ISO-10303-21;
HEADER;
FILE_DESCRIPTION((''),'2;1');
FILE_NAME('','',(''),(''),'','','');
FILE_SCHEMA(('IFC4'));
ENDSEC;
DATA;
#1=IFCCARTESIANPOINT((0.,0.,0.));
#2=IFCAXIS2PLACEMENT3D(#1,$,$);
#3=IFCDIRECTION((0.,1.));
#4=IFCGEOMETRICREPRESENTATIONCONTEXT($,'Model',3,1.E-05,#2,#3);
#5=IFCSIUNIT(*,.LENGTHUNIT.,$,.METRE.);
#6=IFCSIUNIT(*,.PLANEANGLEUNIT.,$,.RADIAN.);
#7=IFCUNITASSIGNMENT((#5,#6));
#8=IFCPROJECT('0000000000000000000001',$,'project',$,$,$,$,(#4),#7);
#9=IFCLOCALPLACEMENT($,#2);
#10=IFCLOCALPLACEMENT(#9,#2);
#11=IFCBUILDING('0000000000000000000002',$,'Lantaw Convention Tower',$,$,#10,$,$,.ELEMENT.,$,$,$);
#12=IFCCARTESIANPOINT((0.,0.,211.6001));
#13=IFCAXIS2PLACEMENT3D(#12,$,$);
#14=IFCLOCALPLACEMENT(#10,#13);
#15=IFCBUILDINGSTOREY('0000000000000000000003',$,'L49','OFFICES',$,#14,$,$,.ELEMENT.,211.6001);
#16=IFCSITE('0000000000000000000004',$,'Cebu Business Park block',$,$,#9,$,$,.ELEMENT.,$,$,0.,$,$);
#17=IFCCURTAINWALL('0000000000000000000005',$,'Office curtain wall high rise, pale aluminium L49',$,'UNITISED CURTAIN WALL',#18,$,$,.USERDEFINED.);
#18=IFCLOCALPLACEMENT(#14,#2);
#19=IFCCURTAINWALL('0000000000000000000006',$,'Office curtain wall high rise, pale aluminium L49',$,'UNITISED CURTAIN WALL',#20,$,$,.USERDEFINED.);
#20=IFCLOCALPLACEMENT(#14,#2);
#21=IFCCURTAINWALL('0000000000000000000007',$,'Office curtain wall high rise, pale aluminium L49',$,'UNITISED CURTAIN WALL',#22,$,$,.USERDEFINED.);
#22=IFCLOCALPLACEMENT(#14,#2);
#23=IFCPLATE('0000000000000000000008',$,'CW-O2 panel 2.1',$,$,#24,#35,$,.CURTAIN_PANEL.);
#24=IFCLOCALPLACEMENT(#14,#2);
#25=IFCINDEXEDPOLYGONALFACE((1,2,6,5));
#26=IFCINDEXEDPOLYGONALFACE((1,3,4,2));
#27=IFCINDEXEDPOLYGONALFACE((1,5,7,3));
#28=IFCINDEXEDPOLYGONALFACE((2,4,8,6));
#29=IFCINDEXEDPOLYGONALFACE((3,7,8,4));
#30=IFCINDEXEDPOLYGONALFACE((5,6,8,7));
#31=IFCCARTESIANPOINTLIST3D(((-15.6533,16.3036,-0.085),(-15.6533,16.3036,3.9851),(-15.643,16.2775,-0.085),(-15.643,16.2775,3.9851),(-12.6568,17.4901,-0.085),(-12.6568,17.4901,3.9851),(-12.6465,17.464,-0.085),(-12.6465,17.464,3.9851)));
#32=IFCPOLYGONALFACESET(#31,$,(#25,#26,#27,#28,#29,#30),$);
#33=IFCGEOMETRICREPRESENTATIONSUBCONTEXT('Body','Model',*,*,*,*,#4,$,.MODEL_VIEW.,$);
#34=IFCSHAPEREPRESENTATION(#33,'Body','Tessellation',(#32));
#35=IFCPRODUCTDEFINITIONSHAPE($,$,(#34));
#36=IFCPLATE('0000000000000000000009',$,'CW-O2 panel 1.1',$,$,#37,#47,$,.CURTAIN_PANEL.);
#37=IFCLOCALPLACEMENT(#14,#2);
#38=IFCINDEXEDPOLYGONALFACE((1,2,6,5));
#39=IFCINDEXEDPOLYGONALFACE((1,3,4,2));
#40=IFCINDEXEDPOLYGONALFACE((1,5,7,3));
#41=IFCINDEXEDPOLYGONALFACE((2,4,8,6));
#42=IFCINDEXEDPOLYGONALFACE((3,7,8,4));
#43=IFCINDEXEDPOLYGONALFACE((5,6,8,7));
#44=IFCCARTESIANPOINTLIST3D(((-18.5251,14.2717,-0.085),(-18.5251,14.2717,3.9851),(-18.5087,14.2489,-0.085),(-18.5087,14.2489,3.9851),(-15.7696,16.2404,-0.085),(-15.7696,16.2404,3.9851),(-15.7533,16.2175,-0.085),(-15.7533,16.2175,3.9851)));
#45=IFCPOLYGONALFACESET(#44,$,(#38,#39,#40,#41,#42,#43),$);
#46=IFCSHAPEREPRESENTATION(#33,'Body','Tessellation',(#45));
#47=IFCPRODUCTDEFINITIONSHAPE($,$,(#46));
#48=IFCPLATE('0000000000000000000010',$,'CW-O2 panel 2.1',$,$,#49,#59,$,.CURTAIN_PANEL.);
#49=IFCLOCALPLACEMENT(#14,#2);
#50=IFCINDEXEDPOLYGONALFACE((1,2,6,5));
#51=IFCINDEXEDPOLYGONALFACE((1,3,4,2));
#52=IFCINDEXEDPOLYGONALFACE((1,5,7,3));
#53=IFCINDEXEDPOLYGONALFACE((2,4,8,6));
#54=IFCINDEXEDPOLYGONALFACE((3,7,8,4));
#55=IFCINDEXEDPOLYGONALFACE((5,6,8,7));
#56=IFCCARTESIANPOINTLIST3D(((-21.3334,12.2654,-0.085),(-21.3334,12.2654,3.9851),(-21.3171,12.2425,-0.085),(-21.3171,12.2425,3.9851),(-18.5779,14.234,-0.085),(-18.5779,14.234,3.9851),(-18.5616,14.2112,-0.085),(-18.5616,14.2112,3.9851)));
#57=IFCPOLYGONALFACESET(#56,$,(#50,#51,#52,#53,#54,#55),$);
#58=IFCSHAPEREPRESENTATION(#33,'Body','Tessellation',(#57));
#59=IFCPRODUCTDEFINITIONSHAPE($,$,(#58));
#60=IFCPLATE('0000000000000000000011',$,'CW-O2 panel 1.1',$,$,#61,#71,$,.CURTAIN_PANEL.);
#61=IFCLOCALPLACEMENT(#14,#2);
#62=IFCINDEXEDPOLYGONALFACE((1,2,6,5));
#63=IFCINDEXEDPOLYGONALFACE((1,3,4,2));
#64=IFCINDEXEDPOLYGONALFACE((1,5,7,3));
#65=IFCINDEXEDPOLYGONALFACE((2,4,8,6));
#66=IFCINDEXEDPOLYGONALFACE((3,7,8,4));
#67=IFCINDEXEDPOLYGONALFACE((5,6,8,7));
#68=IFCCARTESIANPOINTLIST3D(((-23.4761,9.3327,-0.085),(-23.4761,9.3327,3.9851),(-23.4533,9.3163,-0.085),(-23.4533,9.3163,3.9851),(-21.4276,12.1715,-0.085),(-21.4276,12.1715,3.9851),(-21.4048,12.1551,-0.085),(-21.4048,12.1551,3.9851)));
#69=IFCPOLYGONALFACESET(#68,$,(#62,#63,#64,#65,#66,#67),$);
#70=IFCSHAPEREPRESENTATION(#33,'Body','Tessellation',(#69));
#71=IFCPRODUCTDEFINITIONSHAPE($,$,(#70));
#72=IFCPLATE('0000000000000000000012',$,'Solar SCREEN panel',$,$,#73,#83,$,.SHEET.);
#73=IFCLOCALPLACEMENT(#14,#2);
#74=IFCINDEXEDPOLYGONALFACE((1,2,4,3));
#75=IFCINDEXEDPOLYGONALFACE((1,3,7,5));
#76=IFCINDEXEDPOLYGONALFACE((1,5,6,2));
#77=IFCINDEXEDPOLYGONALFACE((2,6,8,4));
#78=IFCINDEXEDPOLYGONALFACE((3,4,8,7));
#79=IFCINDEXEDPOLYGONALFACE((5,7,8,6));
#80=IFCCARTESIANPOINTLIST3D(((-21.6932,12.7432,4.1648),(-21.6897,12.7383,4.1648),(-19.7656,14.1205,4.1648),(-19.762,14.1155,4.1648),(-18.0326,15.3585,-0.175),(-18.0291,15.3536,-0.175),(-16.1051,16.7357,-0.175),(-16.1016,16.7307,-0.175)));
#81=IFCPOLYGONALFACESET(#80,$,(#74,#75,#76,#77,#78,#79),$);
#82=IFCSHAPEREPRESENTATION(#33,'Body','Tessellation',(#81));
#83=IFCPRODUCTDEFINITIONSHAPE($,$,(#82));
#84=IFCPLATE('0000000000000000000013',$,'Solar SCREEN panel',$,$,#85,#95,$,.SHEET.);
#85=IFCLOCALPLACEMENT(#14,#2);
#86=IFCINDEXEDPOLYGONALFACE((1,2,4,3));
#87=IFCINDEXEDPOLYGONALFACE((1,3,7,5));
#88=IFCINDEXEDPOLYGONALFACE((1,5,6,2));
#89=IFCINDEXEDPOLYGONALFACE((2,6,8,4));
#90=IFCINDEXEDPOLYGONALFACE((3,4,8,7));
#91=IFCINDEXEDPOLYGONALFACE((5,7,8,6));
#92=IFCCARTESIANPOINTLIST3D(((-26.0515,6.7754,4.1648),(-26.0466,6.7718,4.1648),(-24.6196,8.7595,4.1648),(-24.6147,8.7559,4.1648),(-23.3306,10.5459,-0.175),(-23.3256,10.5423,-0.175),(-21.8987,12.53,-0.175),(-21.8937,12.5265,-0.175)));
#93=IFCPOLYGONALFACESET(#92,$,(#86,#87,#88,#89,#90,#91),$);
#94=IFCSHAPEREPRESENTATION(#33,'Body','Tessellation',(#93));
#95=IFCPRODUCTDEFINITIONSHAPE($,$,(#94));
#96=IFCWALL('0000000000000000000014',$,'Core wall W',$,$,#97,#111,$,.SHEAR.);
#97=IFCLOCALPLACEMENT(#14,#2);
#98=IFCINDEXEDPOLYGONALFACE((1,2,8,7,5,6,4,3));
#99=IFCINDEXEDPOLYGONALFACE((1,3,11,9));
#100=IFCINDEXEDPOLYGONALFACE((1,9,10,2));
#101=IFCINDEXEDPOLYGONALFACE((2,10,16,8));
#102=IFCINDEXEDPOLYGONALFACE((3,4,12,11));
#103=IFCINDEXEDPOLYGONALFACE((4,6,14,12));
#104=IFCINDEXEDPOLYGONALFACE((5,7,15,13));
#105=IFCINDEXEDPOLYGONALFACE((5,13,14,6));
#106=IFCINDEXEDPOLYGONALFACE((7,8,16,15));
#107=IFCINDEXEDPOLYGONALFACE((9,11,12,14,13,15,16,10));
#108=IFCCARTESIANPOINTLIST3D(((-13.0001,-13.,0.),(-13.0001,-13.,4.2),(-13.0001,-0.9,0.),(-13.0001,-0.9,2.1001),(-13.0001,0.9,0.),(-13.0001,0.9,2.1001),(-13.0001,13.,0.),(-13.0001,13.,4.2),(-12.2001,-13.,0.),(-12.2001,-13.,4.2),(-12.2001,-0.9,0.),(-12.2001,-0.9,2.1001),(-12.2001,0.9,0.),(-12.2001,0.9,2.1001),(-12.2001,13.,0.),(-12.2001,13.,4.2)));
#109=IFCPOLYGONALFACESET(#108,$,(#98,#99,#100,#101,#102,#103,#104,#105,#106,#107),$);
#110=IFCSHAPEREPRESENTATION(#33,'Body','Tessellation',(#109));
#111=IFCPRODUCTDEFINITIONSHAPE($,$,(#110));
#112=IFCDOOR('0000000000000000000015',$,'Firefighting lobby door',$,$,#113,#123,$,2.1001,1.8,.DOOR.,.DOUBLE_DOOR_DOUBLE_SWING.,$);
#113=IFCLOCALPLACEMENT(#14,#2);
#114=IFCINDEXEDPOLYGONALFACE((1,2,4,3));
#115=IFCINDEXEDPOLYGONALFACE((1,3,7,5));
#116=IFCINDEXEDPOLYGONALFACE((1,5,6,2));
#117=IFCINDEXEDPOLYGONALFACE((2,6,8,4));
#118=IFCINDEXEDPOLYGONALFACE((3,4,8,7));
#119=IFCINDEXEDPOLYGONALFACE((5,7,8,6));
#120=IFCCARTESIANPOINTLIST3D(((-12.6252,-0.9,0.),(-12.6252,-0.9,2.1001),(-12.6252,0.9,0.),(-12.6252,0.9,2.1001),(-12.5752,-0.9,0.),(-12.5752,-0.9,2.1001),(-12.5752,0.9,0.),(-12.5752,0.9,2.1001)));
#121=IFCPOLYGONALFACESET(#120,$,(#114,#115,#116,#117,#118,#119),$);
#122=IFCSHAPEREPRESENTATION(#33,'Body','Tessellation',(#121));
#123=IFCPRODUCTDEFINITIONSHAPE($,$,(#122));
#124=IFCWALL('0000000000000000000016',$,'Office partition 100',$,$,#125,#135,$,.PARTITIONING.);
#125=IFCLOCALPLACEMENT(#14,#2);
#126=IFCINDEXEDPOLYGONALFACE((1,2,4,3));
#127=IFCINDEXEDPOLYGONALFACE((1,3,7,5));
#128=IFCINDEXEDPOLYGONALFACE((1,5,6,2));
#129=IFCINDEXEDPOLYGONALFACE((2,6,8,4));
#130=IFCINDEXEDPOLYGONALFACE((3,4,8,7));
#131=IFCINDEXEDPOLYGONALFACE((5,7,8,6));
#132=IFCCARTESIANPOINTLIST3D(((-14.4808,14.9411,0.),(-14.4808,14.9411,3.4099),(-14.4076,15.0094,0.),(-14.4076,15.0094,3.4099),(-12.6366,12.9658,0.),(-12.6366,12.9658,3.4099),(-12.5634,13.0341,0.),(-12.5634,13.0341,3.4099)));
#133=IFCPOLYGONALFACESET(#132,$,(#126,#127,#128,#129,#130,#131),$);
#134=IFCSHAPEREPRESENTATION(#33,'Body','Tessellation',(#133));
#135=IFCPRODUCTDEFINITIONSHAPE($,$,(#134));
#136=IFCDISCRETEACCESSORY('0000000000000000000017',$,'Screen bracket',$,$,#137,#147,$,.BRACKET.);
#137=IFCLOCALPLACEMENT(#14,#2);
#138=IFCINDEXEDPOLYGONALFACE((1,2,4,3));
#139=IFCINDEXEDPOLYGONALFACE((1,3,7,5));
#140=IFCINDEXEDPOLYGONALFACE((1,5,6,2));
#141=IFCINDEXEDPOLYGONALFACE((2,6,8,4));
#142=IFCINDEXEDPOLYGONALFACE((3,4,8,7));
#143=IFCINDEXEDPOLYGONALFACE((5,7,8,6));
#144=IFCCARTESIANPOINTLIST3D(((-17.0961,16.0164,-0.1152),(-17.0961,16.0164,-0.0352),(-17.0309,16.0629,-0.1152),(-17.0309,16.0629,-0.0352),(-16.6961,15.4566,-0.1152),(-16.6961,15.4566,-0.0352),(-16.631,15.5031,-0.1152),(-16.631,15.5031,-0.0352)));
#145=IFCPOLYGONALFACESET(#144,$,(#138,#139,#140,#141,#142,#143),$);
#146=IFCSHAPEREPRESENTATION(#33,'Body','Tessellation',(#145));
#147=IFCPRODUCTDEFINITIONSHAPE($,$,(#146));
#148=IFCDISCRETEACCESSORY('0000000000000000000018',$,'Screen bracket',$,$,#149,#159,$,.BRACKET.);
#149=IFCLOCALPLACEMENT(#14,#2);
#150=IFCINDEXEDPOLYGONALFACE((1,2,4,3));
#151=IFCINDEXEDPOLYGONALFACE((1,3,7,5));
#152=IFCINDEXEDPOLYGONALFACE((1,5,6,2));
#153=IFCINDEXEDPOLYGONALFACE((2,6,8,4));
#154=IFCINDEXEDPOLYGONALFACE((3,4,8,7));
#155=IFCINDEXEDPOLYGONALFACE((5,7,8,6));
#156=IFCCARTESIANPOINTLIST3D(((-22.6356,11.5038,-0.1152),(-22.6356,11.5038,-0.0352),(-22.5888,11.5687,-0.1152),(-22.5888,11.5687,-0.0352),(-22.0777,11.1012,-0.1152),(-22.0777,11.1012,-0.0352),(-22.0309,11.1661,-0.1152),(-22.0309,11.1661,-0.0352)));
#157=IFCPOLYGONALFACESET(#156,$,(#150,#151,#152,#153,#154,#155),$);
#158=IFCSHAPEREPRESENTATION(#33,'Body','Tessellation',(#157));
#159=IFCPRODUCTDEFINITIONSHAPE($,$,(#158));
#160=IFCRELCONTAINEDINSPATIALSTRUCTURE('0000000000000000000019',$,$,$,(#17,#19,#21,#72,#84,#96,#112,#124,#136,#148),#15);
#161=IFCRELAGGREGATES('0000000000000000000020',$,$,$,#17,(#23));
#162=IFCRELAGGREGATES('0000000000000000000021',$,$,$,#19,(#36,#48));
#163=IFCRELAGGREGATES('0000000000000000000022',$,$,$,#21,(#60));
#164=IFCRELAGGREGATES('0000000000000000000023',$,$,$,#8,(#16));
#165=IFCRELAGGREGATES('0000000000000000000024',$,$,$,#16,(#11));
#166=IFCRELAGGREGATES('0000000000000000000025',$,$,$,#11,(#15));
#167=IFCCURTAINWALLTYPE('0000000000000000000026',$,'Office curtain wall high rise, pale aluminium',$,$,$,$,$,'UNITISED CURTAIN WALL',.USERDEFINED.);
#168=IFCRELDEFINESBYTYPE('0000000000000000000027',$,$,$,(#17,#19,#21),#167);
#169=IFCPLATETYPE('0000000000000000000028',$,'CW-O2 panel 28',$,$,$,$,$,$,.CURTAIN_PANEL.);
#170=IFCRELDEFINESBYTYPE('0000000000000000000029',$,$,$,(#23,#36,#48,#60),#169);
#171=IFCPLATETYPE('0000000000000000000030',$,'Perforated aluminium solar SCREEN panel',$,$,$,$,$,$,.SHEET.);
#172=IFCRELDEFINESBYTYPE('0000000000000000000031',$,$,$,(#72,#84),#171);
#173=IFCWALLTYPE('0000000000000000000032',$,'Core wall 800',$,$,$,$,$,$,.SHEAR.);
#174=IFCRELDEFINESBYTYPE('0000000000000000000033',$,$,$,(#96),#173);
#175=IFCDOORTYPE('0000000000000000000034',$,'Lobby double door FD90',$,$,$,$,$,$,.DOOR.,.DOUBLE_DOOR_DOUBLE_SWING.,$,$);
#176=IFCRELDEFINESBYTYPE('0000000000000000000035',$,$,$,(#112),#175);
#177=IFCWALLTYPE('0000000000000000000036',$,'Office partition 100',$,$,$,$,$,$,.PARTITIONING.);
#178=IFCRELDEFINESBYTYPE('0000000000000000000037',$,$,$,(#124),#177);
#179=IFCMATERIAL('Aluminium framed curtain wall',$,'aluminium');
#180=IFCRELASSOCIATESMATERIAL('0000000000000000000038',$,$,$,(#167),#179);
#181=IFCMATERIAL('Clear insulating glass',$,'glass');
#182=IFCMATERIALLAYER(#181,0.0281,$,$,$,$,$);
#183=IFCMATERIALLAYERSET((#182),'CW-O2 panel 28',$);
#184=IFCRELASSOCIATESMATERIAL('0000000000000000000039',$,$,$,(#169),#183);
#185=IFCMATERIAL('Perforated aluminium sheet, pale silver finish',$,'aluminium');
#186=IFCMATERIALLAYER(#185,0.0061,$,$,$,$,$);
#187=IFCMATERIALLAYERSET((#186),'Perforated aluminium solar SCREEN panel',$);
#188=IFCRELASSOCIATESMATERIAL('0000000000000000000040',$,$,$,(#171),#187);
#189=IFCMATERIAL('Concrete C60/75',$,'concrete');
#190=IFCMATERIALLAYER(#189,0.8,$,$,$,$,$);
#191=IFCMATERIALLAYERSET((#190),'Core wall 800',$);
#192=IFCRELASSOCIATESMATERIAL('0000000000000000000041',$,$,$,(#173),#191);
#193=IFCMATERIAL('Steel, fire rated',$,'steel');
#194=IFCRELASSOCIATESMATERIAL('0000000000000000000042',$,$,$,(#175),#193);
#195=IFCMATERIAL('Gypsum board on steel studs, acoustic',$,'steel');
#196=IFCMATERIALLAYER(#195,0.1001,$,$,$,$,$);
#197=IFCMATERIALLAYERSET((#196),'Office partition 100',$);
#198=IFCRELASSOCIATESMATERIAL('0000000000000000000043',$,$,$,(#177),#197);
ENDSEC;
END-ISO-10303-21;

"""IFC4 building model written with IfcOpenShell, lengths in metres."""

from ifc_helpers import new_model, si_unit, direction, frame, frame_2d, origin, origin_2d, place, context, subcontext, project, spatial, polyline, rectangle, outline, extrude, material, layer, layer_set, type_object, element, fill, aggregate, save


model = new_model("IFC4")

# Units and contexts
model_context = context("Model", 3, precision=1e-05, world=origin(), true_north=direction((0.0, 1.0)))
body_context = subcontext(model_context, "Body", "Model", "MODEL_VIEW")
ifc_project = project(units=[si_unit("LENGTHUNIT", "METRE"), si_unit("PLANEANGLEUNIT", "RADIAN")], contexts=[model_context])

# Site, building, storey
site_placement = place(None, origin())
site = spatial("IfcSite", under=ifc_project, at=site_placement, Name="Cebu Business Park block", CompositionType="ELEMENT", RefElevation=0.0)
building_placement = place(site_placement, origin())
building = spatial("IfcBuilding", under=site, at=building_placement, Name="Lantaw Convention Tower", CompositionType="ELEMENT")
storey_placement = place(building_placement, frame((0.0, 0.0, 211.6001)))
storey = spatial("IfcBuildingStorey", under=building, at=storey_placement, Name="L49", Description="OFFICES", CompositionType="ELEMENT", Elevation=211.6001)

# Shared definitions
ifc_material_1 = material(Name="Concrete C60/75", Category="concrete")

# Curtain walls
ifc_material_2 = material(Name="Aluminium framed curtain wall", Category="aluminium")
curtain_wall_type = type_object("IfcCurtainWallType", Name="Office curtain wall high rise, pale aluminium", ElementType="UNITISED CURTAIN WALL", PredefinedType="USERDEFINED", material=ifc_material_2)
curtain_wall_1_placement = place(storey_placement, origin())
curtain_wall_1 = element("IfcCurtainWall", 1, at=curtain_wall_1_placement, inside=storey, type_object=curtain_wall_type, Name="Office curtain wall high rise, pale aluminium L49", ObjectType="UNITISED CURTAIN WALL", PredefinedType="USERDEFINED")
curtain_wall_2_placement = place(storey_placement, origin())
curtain_wall_2 = element("IfcCurtainWall", 2, at=curtain_wall_2_placement, inside=storey, type_object=curtain_wall_type, Name="Office curtain wall high rise, pale aluminium L49", ObjectType="UNITISED CURTAIN WALL", PredefinedType="USERDEFINED")
curtain_wall_3_placement = place(storey_placement, origin())
curtain_wall_3 = element("IfcCurtainWall", 3, at=curtain_wall_3_placement, inside=storey, type_object=curtain_wall_type, Name="Office curtain wall high rise, pale aluminium L49", ObjectType="UNITISED CURTAIN WALL", PredefinedType="USERDEFINED")

# Plates
ifc_material_3 = material(Name="Clear insulating glass", Category="glass")
ifc_layer_1 = layer(ifc_material_3, 0.0281)
ifc_layer_set_1 = layer_set([ifc_layer_1], Name="CW-O2 panel 28")
plate_type_1 = type_object("IfcPlateType", Name="CW-O2 panel 28", PredefinedType="CURTAIN_PANEL", material=ifc_layer_set_1)
plate_1_placement = place(storey_placement, frame((-14.1499, 16.8838, -0.085), z_axis=(0.0, 0.0, 1.0), x_axis=(-0.929762, -0.368162, 0.0)))
plate_1 = element("IfcPlate", 4, at=plate_1_placement, type_object=plate_type_1, Name="CW-O2 panel 2.1", PredefinedType="CURTAIN_PANEL", context=body_context, shape_type="SweptSolid", body=[
    extrude(rectangle(XDim=3.2229, YDim=0.0281, at=origin_2d()), origin(), (0.0, 0.0, 1.0), 4.0701),
])
aggregate(curtain_wall_1, [plate_1])
plate_2_placement = place(storey_placement, frame((-17.1392, 15.2446, -0.085), z_axis=(0.0, 0.0, 1.0), x_axis=(-0.813673, -0.581323, 0.0)))
plate_2 = element("IfcPlate", 5, at=plate_2_placement, type_object=plate_type_1, Name="CW-O2 panel 1.1", PredefinedType="CURTAIN_PANEL", context=body_context, shape_type="SweptSolid", body=[
    extrude(rectangle(XDim=3.3865, YDim=0.0281, at=origin_2d()), origin(), (0.0, 0.0, 1.0), 4.0701),
])
plate_3_placement = place(storey_placement, frame((-19.9475, 13.2383, -0.085), z_axis=(0.0, 0.0, 1.0), x_axis=(-0.813673, -0.581323, 0.0)))
plate_3 = element("IfcPlate", 6, at=plate_3_placement, type_object=plate_type_1, Name="CW-O2 panel 2.1", PredefinedType="CURTAIN_PANEL", context=body_context, shape_type="SweptSolid", body=[
    extrude(rectangle(XDim=3.3865, YDim=0.0281, at=origin_2d()), origin(), (0.0, 0.0, 1.0), 4.0701),
])
aggregate(curtain_wall_2, [plate_2, plate_3])
plate_4_placement = place(storey_placement, frame((-22.4404, 10.7439, -0.085), z_axis=(0.0, 0.0, 1.0), x_axis=(-0.585158, -0.81092, 0.0)))
plate_4 = element("IfcPlate", 7, at=plate_4_placement, type_object=plate_type_1, Name="CW-O2 panel 1.1", PredefinedType="CURTAIN_PANEL", context=body_context, shape_type="SweptSolid", body=[
    extrude(rectangle(XDim=3.5007, YDim=0.0281, at=origin_2d()), origin(), (0.0, 0.0, 1.0), 4.0701),
])
aggregate(curtain_wall_3, [plate_4])

# Plates
ifc_material_4 = material(Name="Perforated aluminium sheet, pale silver finish", Category="aluminium")
ifc_layer_2 = layer(ifc_material_4, 0.0061)
ifc_layer_set_2 = layer_set([ifc_layer_2], Name="Perforated aluminium solar SCREEN panel")
plate_type_2 = type_object("IfcPlateType", Name="Perforated aluminium solar SCREEN panel", PredefinedType="SHEET", material=ifc_layer_set_2)
plate_5_placement = place(storey_placement, frame((-16.1016, 16.7307, -0.175), z_axis=(0.581331, -0.813667, 0.00001), x_axis=(-0.813667, -0.581331, 0.0)))
element("IfcPlate", 8, at=plate_5_placement, inside=storey, type_object=plate_type_2, Name="Solar SCREEN panel", PredefinedType="SHEET", context=body_context, shape_type="SweptSolid", body=[
    extrude(outline(polyline([(0.0, 0.0), (2.3689, 0.0), (6.8678, -4.3398), (4.4987, -4.3398), (0.0, 0.0)])), origin(), (0.0, 0.0, -1.0), 0.0061),
])
plate_6_placement = place(storey_placement, frame((-21.8987, 12.53, -0.175), z_axis=(-0.810892, 0.585195, 0.00002), x_axis=(-0.585195, -0.810892, 0.0)))
element("IfcPlate", 9, at=plate_6_placement, inside=storey, type_object=plate_type_2, Name="Solar SCREEN panel", PredefinedType="SHEET", context=body_context, shape_type="SweptSolid", body=[
    extrude(outline(polyline([(0.0, 0.0), (2.4468, 0.0), (7.0966, 4.3398), (4.6498, 4.3398), (0.0, 0.0)])), origin(), (0.0, 0.0, -1.0), 0.0061),
])

# Wall, opening, door
ifc_layer_3 = layer(ifc_material_1, 0.8)
ifc_layer_set_3 = layer_set([ifc_layer_3], Name="Core wall 800")
wall_type_1 = type_object("IfcWallType", Name="Core wall 800", PredefinedType="SHEAR", material=ifc_layer_set_3)
wall_1_placement = place(storey_placement, frame((-12.6001, 13.0, 0.0), z_axis=(0.0, 0.0, 1.0), x_axis=(0.0, -1.0, 0.0)))
wall_1 = element("IfcWall", 10, at=wall_1_placement, inside=storey, type_object=wall_type_1, Name="Core wall W", PredefinedType="SHEAR", context=body_context, shape_type="SweptSolid", body=[
    extrude(rectangle(XDim=26.0, YDim=0.8, at=frame_2d((13.0, 0.0))), origin(), (0.0, 0.0, 1.0), 4.2),
])
opening_placement = place(wall_1_placement, frame((12.1001, 0.0, 0.0)))
opening = element("IfcOpeningElement", 11, at=opening_placement, cuts=wall_1, PredefinedType="OPENING", context=body_context, shape_type="SweptSolid", body=[
    extrude(rectangle(XDim=1.8, YDim=2.1001, at=frame_2d((0.8999, 1.05))), frame((0.0, 0.4099, 0.0), z_axis=(0.0, -1.0, 0.0), x_axis=(1.0, 0.0, 0.0)), (0.0, 0.0, 1.0), 0.8201),
])
ifc_material_5 = material(Name="Steel, fire rated", Category="steel")
door_type = type_object("IfcDoorType", Name="Lobby double door FD90", OperationType="DOUBLE_DOOR_DOUBLE_SWING", PredefinedType="DOOR", material=ifc_material_5)
door_placement = place(opening_placement, origin())
door = element("IfcDoor", 12, at=door_placement, inside=storey, type_object=door_type, Name="Firefighting lobby door", OperationType="DOUBLE_DOOR_DOUBLE_SWING", OverallHeight=2.1001, OverallWidth=1.8, PredefinedType="DOOR", context=body_context, shape_type="SweptSolid", body=[
    extrude(rectangle(XDim=1.8, YDim=2.1001, at=frame_2d((0.8999, 1.05))), frame((0.0, 0.0249, 0.0), z_axis=(0.0, -1.0, 0.0), x_axis=(1.0, 0.0, 0.0)), (0.0, 0.0, 1.0), 0.05),
])
fill(opening, door)

# Wall
ifc_material_6 = material(Name="Gypsum board on steel studs, acoustic", Category="steel")
ifc_layer_4 = layer(ifc_material_6, 0.1001)
ifc_layer_set_4 = layer_set([ifc_layer_4], Name="Office partition 100")
wall_type_2 = type_object("IfcWallType", Name="Office partition 100", PredefinedType="PARTITIONING", material=ifc_layer_set_4)
wall_2_placement = place(storey_placement, frame((-12.6001, 13.0, 0.0), z_axis=(0.0, 0.0, 1.0), x_axis=(-0.682434, 0.730947, 0.0)))
element("IfcWall", 13, at=wall_2_placement, inside=storey, type_object=wall_type_2, Name="Office partition 100", PredefinedType="PARTITIONING", context=body_context, shape_type="SweptSolid", body=[
    extrude(rectangle(XDim=2.7024, YDim=0.1001, at=frame_2d((1.3511, 0.0))), origin(), (0.0, 0.0, 1.0), 3.4099),
])

# Discrete accessories
for number, where, z_axis, x_axis, name in (
    (14, (-16.8635, 15.7598, -0.1152), (0.0, 0.0, 1.0), (-0.813673, -0.581323, 0.0), "Screen bracket"),
    (15, (-22.3333, 11.335, -0.1152), (0.0, 0.0, 1.0), (-0.585158, -0.81092, 0.0), "Screen bracket"),
):
    element("IfcDiscreteAccessory", number, at=place(storey_placement, frame(where, z_axis=z_axis, x_axis=x_axis)), inside=storey, Name=name, PredefinedType="BRACKET", context=body_context, shape_type="SweptSolid", body=[
        extrude(rectangle(XDim=0.0801, YDim=0.688, at=origin_2d()), origin(), (0.0, 0.0, 1.0), 0.0801),
    ])

save(model, "model.ifc")
